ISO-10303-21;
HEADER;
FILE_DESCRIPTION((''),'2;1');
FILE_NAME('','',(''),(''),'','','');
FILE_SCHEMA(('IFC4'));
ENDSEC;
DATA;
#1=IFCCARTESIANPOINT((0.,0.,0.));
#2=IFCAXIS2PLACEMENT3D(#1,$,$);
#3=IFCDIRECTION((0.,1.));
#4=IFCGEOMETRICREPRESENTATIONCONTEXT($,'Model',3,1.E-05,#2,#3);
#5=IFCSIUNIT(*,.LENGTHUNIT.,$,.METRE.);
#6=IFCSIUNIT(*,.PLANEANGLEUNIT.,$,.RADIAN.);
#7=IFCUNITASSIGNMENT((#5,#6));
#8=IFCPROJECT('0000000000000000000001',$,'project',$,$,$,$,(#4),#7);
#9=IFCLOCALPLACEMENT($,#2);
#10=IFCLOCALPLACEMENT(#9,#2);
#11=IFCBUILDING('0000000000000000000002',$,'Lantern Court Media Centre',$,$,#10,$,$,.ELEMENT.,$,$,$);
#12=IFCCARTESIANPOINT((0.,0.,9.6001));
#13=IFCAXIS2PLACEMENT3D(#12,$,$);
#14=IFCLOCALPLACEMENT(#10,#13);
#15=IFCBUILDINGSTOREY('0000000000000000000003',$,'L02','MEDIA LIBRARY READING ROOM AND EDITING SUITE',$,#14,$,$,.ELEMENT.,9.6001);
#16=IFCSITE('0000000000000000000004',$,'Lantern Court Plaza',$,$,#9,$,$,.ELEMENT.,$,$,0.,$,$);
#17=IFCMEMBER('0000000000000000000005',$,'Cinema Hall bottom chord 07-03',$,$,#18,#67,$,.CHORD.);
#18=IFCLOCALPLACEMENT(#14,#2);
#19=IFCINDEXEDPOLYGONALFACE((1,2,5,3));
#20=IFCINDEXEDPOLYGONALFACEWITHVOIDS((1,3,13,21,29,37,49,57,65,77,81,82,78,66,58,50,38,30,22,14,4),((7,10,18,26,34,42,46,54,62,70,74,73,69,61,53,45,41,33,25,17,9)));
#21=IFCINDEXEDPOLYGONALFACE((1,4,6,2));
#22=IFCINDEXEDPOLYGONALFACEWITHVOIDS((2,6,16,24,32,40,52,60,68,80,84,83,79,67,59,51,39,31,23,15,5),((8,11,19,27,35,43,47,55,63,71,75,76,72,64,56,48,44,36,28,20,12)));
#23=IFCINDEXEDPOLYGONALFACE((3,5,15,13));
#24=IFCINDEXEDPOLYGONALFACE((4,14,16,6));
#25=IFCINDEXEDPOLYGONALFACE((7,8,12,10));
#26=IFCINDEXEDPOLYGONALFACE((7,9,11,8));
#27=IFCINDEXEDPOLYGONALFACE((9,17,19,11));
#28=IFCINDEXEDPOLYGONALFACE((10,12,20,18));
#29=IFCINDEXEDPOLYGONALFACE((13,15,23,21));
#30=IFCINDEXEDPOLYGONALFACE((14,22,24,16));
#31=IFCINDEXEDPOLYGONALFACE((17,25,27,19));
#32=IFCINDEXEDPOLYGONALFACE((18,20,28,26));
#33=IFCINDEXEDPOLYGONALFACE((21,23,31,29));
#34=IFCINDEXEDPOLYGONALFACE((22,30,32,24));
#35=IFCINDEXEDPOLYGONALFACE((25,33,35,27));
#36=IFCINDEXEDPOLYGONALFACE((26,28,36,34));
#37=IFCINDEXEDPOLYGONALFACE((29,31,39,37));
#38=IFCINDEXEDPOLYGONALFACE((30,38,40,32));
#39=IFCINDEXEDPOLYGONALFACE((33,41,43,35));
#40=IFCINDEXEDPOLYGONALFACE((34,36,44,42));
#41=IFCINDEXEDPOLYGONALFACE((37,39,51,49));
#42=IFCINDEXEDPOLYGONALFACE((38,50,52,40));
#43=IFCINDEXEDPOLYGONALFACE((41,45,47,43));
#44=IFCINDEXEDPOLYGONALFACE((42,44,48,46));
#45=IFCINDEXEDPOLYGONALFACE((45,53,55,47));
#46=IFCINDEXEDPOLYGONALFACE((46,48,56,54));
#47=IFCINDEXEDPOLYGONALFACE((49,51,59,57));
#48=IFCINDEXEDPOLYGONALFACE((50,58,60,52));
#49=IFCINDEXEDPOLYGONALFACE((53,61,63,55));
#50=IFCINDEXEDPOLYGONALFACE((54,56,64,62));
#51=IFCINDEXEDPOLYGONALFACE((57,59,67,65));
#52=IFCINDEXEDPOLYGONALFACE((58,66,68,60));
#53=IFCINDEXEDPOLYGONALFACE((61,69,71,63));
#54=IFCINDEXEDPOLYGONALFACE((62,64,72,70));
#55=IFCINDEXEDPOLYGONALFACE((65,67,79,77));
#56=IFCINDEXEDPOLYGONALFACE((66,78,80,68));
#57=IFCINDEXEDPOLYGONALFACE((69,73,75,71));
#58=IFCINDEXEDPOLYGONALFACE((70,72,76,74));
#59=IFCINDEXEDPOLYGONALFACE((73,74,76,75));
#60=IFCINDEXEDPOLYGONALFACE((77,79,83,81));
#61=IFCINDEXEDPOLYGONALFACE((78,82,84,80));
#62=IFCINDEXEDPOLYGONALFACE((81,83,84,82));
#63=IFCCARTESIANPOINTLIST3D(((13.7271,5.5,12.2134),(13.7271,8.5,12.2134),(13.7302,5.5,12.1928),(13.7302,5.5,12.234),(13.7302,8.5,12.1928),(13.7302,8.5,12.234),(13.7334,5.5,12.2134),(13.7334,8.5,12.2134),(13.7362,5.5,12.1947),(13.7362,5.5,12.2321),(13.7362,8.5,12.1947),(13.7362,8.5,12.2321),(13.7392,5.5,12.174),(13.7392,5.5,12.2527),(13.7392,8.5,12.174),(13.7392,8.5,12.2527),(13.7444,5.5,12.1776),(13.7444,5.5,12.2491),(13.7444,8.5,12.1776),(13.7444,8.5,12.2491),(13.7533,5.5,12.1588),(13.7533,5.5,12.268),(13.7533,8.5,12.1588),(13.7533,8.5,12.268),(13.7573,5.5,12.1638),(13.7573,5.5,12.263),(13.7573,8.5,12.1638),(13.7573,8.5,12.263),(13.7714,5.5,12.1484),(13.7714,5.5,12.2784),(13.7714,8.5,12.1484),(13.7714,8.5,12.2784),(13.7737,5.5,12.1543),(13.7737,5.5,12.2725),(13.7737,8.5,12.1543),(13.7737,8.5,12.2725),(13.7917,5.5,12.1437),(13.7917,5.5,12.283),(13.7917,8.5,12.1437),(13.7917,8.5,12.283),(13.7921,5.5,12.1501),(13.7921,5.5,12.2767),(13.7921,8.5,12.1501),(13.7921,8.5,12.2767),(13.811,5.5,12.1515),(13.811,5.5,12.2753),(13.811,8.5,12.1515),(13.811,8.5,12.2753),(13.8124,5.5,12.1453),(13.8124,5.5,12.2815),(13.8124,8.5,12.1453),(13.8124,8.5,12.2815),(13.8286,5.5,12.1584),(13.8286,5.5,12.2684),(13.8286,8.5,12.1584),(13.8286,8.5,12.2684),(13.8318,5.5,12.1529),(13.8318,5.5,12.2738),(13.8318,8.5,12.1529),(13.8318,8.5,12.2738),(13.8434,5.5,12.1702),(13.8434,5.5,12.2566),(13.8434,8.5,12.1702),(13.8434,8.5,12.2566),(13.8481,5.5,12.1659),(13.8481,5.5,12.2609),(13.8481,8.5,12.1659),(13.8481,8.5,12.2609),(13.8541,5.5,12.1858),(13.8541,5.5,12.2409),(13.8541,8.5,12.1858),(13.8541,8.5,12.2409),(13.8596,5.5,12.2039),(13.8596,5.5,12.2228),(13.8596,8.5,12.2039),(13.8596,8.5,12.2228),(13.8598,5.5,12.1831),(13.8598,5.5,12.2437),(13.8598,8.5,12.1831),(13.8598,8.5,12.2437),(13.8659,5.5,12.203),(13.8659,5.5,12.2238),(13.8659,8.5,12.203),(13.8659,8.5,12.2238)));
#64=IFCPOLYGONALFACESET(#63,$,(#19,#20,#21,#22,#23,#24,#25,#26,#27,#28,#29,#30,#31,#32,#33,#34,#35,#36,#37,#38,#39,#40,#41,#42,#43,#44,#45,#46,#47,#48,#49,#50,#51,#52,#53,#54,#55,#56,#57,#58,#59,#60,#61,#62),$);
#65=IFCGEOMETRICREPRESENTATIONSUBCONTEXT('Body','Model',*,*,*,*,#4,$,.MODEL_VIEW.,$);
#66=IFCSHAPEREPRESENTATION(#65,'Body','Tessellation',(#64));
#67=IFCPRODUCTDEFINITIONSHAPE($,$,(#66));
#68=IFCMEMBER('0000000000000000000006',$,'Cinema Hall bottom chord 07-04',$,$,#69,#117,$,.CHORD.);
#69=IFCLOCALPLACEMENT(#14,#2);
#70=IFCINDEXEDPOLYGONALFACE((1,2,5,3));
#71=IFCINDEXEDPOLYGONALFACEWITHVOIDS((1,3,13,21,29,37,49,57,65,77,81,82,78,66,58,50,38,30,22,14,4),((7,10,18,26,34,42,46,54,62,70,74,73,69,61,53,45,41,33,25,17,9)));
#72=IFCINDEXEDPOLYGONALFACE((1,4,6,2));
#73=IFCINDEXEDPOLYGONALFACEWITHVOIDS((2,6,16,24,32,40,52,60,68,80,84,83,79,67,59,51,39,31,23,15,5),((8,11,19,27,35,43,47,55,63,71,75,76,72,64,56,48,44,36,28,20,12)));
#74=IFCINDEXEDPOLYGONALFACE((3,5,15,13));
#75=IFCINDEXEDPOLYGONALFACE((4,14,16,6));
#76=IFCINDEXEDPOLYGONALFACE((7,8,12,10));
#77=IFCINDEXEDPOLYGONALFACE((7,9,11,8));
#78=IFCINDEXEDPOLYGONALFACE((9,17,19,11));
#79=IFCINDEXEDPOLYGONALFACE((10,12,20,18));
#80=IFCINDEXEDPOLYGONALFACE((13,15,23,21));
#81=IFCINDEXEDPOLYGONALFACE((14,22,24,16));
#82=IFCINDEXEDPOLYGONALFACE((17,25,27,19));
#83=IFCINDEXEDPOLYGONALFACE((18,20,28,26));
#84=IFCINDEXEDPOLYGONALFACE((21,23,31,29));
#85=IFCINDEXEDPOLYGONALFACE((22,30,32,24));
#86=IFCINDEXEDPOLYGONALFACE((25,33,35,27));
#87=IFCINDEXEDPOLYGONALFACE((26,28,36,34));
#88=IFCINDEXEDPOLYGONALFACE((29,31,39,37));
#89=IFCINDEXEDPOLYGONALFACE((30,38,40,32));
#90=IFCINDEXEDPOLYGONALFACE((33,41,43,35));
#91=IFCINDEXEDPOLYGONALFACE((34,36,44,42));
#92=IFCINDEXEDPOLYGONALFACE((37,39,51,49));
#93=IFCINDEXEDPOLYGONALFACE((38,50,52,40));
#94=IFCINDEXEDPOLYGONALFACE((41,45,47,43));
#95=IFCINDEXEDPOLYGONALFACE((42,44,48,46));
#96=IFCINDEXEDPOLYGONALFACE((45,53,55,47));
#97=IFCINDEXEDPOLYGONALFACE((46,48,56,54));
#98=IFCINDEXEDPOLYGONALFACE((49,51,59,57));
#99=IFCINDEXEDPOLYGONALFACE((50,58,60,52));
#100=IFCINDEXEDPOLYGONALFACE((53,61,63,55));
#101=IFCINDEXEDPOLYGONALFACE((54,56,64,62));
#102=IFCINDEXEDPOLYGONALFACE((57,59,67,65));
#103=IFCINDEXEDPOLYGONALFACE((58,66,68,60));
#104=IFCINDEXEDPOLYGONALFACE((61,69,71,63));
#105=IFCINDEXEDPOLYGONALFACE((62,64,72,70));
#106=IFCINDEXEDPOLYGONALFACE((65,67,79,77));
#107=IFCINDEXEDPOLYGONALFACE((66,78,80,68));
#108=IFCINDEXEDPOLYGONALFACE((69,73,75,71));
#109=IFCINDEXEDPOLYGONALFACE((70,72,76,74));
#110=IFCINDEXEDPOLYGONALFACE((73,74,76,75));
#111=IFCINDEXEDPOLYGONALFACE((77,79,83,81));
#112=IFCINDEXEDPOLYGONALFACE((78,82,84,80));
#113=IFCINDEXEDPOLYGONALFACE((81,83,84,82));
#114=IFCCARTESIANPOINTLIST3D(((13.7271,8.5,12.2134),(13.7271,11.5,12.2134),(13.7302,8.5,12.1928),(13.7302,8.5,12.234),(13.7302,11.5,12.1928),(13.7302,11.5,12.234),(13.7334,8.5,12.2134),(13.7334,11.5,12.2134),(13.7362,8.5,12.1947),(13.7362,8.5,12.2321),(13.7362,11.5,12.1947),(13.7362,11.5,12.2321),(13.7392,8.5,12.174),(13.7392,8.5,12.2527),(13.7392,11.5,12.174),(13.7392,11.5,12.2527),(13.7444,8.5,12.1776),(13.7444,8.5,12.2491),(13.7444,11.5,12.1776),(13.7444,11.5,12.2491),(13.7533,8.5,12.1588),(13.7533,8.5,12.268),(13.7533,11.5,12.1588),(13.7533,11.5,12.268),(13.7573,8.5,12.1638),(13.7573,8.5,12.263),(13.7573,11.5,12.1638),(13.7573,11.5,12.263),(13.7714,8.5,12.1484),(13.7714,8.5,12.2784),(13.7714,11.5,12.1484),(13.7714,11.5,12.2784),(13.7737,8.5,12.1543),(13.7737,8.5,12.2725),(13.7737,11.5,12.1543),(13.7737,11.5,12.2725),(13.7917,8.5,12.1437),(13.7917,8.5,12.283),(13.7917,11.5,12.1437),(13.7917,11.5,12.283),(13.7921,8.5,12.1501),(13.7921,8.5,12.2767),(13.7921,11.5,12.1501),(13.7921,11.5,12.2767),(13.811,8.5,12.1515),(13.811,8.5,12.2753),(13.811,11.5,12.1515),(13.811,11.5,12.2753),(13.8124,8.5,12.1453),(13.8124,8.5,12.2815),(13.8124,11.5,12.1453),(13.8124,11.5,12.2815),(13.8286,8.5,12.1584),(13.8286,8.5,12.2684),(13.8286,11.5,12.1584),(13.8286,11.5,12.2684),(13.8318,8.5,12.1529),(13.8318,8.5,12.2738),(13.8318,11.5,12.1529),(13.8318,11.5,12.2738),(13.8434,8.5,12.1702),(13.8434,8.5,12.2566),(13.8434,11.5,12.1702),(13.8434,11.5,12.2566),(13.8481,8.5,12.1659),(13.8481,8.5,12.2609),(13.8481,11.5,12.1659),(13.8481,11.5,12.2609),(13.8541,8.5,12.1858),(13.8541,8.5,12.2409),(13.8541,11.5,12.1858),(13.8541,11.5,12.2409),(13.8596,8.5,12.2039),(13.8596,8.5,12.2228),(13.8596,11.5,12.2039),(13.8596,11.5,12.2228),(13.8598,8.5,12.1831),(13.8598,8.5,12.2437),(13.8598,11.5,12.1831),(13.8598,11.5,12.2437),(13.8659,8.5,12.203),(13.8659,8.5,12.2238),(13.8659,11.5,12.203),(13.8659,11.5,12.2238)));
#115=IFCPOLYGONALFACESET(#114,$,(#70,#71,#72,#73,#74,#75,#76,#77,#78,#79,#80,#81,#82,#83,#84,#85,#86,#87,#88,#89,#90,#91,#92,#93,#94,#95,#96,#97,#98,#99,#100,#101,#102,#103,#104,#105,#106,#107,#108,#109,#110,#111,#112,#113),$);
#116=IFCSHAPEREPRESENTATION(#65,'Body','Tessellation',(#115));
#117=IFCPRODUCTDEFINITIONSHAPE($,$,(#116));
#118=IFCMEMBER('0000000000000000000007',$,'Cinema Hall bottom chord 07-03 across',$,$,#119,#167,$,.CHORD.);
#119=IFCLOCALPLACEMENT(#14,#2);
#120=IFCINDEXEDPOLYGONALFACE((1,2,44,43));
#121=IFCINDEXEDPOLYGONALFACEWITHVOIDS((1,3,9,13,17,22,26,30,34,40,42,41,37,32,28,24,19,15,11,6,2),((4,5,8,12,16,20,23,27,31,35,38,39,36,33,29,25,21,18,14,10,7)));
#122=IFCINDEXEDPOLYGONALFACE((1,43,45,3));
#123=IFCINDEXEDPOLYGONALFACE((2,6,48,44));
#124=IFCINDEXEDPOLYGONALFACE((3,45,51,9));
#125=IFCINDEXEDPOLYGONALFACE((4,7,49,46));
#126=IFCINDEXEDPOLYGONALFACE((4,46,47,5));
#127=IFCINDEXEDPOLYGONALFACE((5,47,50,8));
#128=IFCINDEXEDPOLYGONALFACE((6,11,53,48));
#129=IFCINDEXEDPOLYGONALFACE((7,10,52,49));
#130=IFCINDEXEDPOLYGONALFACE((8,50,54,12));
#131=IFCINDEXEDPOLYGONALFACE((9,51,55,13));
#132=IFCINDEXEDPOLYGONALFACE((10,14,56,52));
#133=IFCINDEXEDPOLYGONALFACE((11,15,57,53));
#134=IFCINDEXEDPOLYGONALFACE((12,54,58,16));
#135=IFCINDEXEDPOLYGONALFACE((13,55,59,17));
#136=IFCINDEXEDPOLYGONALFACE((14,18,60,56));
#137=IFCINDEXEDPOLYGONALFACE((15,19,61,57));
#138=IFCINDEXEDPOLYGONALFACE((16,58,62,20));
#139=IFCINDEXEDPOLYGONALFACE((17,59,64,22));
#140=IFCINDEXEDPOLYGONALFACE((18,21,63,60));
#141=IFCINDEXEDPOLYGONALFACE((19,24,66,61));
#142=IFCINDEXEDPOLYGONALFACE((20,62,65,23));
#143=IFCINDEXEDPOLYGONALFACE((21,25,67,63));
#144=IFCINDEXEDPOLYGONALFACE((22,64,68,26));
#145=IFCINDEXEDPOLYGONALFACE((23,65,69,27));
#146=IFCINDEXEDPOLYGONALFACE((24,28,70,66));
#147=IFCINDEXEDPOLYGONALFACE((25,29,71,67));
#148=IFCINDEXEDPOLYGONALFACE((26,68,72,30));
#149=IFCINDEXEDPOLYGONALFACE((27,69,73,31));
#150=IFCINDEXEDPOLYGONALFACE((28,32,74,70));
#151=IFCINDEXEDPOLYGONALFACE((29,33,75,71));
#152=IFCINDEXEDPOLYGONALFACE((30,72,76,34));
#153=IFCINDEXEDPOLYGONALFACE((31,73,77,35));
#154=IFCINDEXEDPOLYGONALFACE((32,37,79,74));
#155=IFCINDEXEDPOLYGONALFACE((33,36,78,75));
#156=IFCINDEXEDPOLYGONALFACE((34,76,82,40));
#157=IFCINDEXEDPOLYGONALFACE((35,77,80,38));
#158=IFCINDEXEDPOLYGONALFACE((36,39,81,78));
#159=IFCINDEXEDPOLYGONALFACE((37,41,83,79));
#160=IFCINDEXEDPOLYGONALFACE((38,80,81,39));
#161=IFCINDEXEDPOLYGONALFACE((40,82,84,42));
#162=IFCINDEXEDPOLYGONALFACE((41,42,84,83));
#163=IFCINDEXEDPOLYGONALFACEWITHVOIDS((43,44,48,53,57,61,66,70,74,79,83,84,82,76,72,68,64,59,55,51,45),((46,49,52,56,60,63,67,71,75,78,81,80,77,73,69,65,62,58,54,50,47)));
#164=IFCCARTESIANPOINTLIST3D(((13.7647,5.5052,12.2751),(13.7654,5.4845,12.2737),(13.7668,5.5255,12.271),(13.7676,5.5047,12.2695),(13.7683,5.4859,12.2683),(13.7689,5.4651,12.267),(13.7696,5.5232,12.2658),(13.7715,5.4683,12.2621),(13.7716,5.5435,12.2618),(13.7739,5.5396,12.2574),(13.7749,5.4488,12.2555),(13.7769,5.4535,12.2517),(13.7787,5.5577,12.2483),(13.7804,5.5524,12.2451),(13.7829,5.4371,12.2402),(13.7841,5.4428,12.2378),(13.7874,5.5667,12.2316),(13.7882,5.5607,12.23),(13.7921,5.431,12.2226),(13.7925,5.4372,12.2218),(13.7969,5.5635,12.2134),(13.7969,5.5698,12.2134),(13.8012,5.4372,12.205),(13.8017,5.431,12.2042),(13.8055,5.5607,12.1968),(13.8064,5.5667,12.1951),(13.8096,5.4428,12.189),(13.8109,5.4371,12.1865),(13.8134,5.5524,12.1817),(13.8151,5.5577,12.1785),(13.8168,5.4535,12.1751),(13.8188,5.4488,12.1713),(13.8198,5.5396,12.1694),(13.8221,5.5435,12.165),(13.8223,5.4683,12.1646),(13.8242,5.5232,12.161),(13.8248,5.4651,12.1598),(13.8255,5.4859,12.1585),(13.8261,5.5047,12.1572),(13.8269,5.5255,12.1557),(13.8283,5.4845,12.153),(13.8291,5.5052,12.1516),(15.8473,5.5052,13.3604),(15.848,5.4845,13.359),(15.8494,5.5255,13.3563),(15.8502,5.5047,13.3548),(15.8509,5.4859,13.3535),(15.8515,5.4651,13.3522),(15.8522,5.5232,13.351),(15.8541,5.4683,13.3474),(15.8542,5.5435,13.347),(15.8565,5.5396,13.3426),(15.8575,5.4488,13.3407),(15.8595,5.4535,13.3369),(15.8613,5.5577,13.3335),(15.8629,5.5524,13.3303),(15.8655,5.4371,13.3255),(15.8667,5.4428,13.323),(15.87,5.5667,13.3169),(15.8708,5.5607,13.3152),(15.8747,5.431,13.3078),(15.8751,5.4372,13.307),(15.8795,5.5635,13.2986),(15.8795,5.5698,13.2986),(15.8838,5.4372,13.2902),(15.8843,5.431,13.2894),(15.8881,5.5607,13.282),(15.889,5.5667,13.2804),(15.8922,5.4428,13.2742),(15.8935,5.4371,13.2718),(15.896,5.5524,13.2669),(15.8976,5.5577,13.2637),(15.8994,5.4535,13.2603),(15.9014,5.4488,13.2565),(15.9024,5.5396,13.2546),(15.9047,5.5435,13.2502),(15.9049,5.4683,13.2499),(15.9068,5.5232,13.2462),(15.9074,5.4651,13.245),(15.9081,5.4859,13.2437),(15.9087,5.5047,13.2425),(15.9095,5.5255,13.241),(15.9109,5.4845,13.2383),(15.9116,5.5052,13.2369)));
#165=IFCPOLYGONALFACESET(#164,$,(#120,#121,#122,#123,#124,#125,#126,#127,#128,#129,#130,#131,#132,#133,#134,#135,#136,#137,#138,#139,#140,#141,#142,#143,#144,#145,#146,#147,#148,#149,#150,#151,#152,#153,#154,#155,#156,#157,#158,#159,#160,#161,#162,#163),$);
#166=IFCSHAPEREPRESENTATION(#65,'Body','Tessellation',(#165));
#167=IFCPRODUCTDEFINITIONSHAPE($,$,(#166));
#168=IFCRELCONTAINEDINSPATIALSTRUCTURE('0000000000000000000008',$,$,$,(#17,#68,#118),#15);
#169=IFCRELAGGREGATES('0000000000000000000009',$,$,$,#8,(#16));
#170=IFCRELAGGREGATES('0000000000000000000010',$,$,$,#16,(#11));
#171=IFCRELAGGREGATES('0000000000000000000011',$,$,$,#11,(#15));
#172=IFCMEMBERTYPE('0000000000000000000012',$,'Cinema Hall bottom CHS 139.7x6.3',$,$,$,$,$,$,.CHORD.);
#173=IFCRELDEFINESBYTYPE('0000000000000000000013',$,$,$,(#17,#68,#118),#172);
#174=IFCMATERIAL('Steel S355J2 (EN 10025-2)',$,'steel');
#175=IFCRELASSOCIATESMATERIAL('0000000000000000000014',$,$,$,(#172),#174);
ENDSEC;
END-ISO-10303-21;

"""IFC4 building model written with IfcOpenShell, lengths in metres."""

from ifc_helpers import new_model, si_unit, direction, frame, origin, origin_2d, place, context, subcontext, project, spatial, hollow_circle, extrude, material, material_profile, profile_set, type_object, element, save


model = new_model("IFC4")

# Units and contexts
model_context = context("Model", 3, precision=1e-05, world=origin(), true_north=direction((0.0, 1.0)))
body_context = subcontext(model_context, "Body", "Model", "MODEL_VIEW")
ifc_project = project(units=[si_unit("LENGTHUNIT", "METRE"), si_unit("PLANEANGLEUNIT", "RADIAN")], contexts=[model_context])

# Site, building, storey
site_placement = place(None, origin())
site = spatial("IfcSite", under=ifc_project, at=site_placement, Name="Lantern Court Plaza", CompositionType="ELEMENT", RefElevation=0.0)
building_placement = place(site_placement, origin())
building = spatial("IfcBuilding", under=site, at=building_placement, Name="Lantern Court Media Centre", CompositionType="ELEMENT")
storey_placement = place(building_placement, frame((0.0, 0.0, 9.6001)))
storey = spatial("IfcBuildingStorey", under=building, at=storey_placement, Name="L02", Description="MEDIA LIBRARY READING ROOM AND EDITING SUITE", CompositionType="ELEMENT", Elevation=9.6001)

# Members
ifc_material = material(Name="Steel S355J2 (EN 10025-2)", Category="steel")
ifc_material_profile_1 = material_profile(ifc_material, hollow_circle(Radius=0.0698, WallThickness=0.0063, at=origin_2d()), Name="Cinema Hall bottom CHS 139.7x6.3")
ifc_profile_set_1 = profile_set([ifc_material_profile_1], Name="Steel S355J2 (EN 10025-2)")
member_type_1 = type_object("IfcMemberType", Name="Cinema Hall bottom CHS 139.7x6.3", PredefinedType="CHORD", material=ifc_profile_set_1)
for number, where, z_axis, x_axis, name in (
    (1, (13.7969, 5.5, 12.2134), (0.0, 1.0, 0.0), (-1.0, 0.0, 0.0), "Cinema Hall bottom chord 07-03"),
    (2, (13.7969, 8.5, 12.2134), (0.0, 1.0, 0.0), (-1.0, 0.0, 0.0), "Cinema Hall bottom chord 07-04"),
):
    element("IfcMember", number, at=place(storey_placement, frame(where, z_axis=z_axis, x_axis=x_axis)), inside=storey, type_object=member_type_1, Name=name, PredefinedType="CHORD", context=body_context, shape_type="SweptSolid", body=[
        extrude(hollow_circle(Radius=0.0698, WallThickness=0.0063, at=origin_2d()), origin(), (0.0, 0.0, 1.0), 3.0),
    ])
for number, where, z_axis, x_axis, name in (
    (3, (13.7969, 5.5, 12.2134), (0.886816, 0.0, 0.462122), (0.0, 1.0, 0.0), "Cinema Hall bottom chord 07-03 across"),
):
    element("IfcMember", number, at=place(storey_placement, frame(where, z_axis=z_axis, x_axis=x_axis)), inside=storey, type_object=member_type_1, Name=name, PredefinedType="CHORD", context=body_context, shape_type="SweptSolid", body=[
        extrude(hollow_circle(Radius=0.0698, WallThickness=0.0063, at=origin_2d()), origin(), (0.0, 0.0, 1.0), 2.3484),
    ])

save(model, "model.ifc")
